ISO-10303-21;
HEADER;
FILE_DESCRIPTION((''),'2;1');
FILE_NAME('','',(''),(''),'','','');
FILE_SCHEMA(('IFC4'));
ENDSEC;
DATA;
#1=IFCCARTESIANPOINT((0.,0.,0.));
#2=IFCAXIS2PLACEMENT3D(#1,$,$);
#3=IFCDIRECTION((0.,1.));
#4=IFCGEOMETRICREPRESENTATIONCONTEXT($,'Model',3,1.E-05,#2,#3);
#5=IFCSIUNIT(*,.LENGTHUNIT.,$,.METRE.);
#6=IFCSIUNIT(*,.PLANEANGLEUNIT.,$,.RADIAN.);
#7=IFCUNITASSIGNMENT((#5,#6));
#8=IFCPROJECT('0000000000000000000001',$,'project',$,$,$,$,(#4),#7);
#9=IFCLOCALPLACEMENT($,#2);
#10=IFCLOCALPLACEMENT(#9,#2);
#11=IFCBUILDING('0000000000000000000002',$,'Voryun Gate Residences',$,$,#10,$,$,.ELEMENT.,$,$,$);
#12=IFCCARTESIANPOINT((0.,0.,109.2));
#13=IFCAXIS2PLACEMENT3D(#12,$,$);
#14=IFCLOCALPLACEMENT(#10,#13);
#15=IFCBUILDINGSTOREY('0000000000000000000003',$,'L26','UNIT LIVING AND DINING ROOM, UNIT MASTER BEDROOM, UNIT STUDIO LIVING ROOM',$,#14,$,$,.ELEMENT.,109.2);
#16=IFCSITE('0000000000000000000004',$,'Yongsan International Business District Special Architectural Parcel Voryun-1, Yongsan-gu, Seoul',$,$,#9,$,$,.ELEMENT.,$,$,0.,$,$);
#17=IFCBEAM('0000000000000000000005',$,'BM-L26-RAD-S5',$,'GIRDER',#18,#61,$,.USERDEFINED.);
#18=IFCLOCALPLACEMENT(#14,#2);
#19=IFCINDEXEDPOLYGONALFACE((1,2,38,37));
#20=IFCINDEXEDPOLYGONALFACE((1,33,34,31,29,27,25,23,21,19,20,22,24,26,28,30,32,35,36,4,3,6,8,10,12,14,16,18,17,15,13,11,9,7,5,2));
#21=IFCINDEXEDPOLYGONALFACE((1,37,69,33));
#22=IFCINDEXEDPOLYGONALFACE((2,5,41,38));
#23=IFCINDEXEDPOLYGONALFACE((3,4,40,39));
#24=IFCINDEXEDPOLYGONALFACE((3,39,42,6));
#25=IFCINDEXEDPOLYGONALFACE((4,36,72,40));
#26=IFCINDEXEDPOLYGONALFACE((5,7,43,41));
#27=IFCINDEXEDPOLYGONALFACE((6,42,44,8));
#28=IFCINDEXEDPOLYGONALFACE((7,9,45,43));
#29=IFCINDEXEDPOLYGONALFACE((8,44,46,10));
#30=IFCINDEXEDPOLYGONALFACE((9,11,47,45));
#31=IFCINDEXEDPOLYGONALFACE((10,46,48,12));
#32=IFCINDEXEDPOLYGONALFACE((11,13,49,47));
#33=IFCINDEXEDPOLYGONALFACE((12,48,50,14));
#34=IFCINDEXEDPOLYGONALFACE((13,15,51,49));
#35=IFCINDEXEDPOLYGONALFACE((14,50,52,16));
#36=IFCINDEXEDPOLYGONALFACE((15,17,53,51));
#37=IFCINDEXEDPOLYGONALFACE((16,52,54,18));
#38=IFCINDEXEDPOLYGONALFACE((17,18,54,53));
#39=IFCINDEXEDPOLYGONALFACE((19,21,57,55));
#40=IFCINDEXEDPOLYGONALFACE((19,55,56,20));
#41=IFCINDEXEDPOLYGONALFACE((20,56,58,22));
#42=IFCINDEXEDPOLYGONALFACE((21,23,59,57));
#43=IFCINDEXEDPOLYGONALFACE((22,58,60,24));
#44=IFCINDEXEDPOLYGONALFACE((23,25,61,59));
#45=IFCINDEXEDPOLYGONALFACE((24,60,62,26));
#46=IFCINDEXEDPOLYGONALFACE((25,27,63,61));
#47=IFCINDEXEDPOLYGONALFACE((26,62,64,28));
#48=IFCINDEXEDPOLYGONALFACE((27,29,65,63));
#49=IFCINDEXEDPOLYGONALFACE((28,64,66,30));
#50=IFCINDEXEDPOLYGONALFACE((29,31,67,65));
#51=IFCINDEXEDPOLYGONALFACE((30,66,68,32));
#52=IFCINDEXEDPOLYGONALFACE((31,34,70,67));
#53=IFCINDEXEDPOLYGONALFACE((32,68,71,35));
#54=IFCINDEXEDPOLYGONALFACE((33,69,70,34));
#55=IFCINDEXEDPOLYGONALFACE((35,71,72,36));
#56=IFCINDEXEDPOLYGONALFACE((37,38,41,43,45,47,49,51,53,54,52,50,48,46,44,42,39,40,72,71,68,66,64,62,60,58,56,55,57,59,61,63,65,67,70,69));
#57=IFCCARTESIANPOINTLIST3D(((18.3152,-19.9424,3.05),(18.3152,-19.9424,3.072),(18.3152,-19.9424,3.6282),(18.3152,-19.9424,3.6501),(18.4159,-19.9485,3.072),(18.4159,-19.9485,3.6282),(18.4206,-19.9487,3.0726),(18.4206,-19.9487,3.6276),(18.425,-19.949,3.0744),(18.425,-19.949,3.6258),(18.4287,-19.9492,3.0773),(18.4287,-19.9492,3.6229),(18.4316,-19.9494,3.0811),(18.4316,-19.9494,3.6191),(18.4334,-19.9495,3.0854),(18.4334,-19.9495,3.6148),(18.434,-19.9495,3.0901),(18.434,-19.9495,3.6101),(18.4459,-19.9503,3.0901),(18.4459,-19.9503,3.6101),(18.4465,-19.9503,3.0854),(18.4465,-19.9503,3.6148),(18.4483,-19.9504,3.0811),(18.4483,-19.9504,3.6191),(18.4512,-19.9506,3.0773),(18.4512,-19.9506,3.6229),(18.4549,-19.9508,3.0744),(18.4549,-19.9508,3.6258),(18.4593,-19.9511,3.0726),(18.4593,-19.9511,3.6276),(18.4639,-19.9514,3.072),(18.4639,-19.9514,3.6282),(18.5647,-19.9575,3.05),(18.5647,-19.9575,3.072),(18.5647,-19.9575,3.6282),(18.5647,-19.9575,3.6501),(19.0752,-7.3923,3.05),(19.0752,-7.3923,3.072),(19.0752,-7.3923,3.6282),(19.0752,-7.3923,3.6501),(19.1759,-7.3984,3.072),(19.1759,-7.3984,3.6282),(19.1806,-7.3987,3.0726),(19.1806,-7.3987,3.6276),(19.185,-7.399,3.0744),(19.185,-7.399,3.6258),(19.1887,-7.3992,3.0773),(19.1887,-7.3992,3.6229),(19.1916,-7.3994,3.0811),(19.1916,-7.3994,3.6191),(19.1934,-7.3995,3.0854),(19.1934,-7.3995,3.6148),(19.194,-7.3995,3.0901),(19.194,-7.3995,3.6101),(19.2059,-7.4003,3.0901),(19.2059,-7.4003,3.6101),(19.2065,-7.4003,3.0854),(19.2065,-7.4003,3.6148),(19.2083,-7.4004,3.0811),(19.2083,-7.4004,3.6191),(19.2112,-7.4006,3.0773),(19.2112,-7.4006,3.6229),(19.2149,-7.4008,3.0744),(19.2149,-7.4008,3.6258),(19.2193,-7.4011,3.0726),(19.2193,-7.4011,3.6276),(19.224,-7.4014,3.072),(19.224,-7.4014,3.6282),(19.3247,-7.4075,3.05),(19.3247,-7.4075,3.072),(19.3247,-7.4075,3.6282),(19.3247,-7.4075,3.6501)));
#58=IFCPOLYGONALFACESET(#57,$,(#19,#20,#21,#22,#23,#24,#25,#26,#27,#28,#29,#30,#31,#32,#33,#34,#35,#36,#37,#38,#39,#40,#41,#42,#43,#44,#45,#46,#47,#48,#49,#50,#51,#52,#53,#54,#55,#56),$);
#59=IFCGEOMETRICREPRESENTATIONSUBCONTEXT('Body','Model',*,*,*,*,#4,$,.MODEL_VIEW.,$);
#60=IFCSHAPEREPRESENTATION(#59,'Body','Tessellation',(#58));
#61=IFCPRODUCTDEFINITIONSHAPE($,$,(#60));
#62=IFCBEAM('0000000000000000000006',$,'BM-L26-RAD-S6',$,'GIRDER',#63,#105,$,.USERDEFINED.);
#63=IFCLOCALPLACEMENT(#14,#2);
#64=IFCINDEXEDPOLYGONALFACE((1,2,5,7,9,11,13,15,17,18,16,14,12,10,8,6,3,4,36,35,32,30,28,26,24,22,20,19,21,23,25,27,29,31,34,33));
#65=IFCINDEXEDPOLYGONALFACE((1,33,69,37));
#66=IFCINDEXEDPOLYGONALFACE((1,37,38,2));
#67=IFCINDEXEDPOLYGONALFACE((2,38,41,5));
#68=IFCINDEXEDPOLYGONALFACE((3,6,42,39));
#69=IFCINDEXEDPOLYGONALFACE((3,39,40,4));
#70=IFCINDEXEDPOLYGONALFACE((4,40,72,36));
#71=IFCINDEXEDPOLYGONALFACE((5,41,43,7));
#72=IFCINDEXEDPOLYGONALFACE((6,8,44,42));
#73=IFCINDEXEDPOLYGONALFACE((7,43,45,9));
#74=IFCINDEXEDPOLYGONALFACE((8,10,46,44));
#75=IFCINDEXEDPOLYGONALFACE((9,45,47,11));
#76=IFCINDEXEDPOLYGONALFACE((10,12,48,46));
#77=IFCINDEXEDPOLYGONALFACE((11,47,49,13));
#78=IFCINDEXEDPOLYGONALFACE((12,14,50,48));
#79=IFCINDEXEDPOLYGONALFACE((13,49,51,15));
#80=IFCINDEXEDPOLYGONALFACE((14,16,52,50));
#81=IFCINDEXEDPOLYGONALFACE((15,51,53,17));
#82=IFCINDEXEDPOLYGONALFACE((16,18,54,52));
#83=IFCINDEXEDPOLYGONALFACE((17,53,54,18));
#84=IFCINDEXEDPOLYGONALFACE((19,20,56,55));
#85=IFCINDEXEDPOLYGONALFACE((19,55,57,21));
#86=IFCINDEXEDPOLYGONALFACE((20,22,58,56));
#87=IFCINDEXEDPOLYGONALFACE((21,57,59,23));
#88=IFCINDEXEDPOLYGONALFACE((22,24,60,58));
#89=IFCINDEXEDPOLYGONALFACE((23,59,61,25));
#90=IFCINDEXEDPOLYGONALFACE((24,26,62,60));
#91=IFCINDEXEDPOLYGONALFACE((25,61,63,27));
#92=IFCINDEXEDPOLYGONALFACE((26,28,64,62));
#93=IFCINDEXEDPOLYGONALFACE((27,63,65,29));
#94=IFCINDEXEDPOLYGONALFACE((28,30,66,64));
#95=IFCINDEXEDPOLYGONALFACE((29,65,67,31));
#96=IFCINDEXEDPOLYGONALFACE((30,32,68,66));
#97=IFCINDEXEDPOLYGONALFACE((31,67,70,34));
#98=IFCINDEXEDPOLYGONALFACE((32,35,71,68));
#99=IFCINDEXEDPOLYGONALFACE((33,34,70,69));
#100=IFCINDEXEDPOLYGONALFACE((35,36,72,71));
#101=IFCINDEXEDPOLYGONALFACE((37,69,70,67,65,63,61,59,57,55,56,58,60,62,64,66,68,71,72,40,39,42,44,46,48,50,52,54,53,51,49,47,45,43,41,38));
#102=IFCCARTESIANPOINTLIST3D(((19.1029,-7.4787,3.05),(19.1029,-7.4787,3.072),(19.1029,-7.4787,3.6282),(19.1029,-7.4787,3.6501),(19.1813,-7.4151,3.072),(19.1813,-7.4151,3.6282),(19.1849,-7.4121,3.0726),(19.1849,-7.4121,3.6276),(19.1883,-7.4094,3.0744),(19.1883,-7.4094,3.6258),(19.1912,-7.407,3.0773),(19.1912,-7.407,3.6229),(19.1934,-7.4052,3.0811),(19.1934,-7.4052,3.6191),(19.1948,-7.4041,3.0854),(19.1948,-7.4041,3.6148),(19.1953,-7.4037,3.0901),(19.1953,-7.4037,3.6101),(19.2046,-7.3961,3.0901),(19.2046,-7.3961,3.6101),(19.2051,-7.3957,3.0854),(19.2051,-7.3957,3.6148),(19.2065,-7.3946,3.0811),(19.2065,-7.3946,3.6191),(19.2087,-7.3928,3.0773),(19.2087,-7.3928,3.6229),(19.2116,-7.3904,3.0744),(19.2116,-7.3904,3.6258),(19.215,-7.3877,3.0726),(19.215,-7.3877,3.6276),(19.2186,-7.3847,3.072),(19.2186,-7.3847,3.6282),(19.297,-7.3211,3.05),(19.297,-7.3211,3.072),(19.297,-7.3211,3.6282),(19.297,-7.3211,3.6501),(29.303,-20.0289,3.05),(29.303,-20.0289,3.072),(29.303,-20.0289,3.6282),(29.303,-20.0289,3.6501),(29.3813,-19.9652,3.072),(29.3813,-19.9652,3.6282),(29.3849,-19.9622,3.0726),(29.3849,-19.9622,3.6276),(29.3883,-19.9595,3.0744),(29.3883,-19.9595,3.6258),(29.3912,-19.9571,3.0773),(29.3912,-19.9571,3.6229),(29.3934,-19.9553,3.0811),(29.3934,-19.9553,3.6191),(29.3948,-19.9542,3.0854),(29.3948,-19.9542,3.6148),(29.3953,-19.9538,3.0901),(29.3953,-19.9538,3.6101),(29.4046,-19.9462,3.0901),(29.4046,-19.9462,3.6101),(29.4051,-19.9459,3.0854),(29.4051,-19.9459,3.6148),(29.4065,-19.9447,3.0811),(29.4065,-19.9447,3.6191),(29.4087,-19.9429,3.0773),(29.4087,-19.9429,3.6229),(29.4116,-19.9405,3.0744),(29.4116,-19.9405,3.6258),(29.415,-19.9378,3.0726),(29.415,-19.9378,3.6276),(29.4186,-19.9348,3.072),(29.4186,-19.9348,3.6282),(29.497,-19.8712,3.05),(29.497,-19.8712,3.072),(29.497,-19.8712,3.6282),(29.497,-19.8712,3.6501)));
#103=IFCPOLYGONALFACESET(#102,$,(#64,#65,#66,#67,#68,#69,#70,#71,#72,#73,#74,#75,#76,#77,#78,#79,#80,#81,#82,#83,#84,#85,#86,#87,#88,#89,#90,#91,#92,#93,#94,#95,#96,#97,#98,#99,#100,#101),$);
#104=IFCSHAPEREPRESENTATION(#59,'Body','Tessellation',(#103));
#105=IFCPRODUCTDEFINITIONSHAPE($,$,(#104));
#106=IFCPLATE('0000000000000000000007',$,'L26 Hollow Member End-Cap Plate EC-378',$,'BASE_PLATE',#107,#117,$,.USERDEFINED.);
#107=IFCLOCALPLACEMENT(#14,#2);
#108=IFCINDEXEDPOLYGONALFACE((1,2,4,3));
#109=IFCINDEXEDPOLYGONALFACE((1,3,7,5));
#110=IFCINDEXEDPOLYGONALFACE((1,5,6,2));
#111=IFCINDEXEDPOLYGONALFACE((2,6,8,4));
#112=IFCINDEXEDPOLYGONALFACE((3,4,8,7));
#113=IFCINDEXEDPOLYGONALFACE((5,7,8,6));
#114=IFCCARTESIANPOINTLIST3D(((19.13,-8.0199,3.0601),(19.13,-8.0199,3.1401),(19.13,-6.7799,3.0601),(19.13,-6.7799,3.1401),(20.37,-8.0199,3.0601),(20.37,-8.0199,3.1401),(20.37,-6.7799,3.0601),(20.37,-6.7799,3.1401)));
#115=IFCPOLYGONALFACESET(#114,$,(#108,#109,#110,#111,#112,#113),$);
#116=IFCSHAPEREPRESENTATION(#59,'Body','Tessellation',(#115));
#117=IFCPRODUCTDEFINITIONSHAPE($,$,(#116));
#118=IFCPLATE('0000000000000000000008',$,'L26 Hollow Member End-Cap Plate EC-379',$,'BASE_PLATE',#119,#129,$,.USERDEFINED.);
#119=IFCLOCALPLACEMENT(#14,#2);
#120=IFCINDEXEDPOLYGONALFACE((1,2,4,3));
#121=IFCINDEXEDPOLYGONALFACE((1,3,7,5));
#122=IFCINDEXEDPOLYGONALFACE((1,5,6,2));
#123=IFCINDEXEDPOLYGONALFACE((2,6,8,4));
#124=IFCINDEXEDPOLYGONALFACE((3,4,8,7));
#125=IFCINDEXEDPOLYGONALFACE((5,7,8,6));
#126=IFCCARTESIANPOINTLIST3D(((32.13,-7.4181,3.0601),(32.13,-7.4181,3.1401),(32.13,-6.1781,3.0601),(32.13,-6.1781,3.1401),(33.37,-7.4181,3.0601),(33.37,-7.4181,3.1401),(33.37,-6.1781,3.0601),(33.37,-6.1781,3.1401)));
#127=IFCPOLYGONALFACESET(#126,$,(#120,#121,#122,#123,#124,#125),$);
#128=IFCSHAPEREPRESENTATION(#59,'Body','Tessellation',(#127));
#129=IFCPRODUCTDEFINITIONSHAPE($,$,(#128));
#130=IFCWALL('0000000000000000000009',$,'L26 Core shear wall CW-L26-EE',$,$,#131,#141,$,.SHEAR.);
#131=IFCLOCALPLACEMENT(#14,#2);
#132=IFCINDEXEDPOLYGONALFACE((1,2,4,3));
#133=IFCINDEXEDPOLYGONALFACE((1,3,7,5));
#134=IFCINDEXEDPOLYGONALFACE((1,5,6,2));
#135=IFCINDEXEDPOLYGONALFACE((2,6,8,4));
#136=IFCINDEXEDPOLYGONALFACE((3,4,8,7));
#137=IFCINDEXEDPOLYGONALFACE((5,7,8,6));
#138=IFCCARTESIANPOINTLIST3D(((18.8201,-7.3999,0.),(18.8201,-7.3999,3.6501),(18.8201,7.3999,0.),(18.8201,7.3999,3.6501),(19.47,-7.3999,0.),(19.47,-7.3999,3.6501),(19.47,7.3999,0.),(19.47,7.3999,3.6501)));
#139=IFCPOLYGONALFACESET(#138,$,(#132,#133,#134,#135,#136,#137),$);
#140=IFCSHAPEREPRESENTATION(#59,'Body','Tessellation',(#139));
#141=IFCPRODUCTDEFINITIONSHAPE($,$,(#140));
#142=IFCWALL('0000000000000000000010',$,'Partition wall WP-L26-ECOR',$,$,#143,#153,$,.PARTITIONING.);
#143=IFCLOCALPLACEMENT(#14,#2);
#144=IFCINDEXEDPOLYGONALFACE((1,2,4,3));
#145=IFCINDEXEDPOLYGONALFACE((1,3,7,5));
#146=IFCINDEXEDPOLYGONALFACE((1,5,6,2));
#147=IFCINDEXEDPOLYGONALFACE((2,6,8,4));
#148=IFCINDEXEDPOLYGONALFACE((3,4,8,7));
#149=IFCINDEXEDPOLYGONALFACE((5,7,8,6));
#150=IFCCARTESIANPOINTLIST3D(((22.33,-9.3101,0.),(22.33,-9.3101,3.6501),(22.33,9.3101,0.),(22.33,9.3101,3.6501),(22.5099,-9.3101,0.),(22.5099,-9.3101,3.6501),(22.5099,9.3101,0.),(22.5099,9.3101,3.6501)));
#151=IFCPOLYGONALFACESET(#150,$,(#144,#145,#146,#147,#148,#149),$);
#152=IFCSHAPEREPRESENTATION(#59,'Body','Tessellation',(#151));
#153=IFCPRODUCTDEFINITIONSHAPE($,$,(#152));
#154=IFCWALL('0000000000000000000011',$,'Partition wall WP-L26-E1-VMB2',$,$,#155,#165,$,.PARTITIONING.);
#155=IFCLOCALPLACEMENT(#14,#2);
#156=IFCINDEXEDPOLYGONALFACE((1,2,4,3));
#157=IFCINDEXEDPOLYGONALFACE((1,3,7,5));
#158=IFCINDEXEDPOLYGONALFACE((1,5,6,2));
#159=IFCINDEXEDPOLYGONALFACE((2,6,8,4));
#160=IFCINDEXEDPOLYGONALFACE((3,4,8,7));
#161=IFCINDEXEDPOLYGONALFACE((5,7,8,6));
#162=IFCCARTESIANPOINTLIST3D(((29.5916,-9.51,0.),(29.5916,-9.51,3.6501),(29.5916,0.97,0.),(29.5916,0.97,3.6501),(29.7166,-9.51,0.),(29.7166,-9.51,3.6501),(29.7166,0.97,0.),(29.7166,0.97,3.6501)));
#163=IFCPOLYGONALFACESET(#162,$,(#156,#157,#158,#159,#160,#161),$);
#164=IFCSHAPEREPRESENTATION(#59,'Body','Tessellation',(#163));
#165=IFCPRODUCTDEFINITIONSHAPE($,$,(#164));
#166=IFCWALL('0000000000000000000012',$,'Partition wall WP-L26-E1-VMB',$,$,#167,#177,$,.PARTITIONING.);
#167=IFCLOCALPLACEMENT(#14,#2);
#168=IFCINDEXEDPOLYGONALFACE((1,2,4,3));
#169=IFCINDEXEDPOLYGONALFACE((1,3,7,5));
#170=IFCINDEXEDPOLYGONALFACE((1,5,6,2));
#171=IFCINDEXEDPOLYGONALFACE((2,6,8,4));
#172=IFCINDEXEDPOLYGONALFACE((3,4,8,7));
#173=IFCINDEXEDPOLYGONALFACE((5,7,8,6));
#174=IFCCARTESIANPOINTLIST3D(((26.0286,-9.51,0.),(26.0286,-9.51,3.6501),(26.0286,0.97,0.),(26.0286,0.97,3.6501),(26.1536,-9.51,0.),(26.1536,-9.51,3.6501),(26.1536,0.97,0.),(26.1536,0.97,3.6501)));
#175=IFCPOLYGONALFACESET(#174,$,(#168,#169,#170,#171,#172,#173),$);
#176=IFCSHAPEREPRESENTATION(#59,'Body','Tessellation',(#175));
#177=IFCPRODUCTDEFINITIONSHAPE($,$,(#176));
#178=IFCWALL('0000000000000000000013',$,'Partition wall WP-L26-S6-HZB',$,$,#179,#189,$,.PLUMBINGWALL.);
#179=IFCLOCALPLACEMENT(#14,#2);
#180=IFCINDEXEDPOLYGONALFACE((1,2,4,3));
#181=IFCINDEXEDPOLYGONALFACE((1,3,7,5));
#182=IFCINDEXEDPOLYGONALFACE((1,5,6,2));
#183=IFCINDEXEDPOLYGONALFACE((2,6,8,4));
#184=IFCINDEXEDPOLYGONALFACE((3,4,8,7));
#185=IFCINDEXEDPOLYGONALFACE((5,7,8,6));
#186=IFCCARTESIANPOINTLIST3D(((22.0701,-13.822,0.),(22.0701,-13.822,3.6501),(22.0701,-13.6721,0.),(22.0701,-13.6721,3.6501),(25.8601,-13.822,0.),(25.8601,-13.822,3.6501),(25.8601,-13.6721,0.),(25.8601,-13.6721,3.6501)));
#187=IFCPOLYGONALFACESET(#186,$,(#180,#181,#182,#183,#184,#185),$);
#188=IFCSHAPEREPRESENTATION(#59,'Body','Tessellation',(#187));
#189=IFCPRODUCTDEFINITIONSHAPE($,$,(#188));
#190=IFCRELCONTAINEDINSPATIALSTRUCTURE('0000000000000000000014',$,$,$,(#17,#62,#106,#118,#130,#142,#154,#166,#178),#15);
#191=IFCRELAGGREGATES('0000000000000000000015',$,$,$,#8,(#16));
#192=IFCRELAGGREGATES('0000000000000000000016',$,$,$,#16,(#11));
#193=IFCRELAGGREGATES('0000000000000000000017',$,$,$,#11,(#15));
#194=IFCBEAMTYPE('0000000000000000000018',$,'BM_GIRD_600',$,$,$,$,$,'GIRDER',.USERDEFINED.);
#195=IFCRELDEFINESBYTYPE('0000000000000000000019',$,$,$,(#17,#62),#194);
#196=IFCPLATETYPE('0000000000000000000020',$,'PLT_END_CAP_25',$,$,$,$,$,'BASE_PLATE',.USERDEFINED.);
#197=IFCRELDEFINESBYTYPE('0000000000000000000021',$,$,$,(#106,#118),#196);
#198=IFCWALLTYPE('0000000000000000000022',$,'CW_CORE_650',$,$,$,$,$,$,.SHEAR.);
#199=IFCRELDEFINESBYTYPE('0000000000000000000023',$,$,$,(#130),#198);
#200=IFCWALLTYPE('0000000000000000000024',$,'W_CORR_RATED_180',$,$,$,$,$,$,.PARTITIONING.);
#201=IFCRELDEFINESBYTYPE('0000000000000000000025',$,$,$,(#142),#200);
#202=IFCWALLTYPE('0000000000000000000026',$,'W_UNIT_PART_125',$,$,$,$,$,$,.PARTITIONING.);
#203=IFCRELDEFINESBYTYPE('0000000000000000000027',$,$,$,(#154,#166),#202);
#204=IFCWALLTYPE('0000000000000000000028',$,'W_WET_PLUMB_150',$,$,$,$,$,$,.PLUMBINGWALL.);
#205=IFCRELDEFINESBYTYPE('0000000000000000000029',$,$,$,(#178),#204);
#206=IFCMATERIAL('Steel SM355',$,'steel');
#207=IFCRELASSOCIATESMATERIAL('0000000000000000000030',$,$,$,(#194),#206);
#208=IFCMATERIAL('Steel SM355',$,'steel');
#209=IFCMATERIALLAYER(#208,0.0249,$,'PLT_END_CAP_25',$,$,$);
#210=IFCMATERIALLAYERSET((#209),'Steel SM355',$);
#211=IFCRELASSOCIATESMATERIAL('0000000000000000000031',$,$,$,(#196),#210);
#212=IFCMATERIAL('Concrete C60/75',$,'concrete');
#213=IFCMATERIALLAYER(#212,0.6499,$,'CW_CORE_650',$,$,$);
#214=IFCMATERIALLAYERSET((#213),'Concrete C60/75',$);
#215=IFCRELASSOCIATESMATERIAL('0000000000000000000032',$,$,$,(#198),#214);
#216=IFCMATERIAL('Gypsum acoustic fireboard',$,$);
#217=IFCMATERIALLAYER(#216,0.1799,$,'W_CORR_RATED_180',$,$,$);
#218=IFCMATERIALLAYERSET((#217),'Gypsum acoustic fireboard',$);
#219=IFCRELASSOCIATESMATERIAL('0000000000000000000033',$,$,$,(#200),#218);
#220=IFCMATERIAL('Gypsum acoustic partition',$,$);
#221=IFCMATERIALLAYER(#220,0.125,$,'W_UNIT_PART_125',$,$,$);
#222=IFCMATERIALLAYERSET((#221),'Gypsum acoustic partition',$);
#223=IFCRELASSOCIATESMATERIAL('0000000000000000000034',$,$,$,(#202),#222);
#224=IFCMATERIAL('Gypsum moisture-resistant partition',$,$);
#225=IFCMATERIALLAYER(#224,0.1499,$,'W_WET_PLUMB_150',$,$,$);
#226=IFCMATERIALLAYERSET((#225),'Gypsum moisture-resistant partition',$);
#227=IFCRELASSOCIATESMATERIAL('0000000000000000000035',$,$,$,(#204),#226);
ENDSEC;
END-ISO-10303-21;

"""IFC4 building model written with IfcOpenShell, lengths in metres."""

from ifc_helpers import new_model, si_unit, direction, frame, frame_2d, origin, origin_2d, place, context, subcontext, project, spatial, rectangle, i_section, extrude, material, layer, layer_set, material_profile, profile_set, type_object, element, save


model = new_model("IFC4")

# Units and contexts
model_context = context("Model", 3, precision=1e-05, world=origin(), true_north=direction((0.0, 1.0)))
body_context = subcontext(model_context, "Body", "Model", "MODEL_VIEW")
ifc_project = project(units=[si_unit("LENGTHUNIT", "METRE"), si_unit("PLANEANGLEUNIT", "RADIAN")], contexts=[model_context])

# Site, building, storey
site_placement = place(None, origin())
site = spatial("IfcSite", under=ifc_project, at=site_placement, Name="Yongsan International Business District Special Architectural Parcel Voryun-1, Yongsan-gu, Seoul", CompositionType="ELEMENT", RefElevation=0.0)
building_placement = place(site_placement, origin())
building = spatial("IfcBuilding", under=site, at=building_placement, Name="Voryun Gate Residences", CompositionType="ELEMENT")
storey_placement = place(building_placement, frame((0.0, 0.0, 109.2)))
storey = spatial("IfcBuildingStorey", under=building, at=storey_placement, Name="L26", Description="UNIT LIVING AND DINING ROOM, UNIT MASTER BEDROOM, UNIT STUDIO LIVING ROOM", CompositionType="ELEMENT", Elevation=109.2)

# Beams
ifc_material_1 = material(Name="Steel SM355", Category="steel")
ifc_material_profile_1 = material_profile(ifc_material_1, i_section(OverallWidth=0.25, OverallDepth=0.6001, WebThickness=0.012, FlangeThickness=0.022, FilletRadius=0.0181, at=origin_2d()), Name="H-600x250x12x22")
ifc_profile_set_1 = profile_set([ifc_material_profile_1], Name="Steel SM355")
beam_type_1 = type_object("IfcBeamType", Name="BM_GIRD_600", ElementType="GIRDER", PredefinedType="USERDEFINED", material=ifc_profile_set_1)
beam_1_placement = place(storey_placement, frame((19.2, -7.3999, 3.3501), z_axis=(-0.060448, -0.998171, 0.0), x_axis=(0.998171, -0.060448, 0.0)))
element("IfcBeam", 1, at=beam_1_placement, inside=storey, type_object=beam_type_1, Name="BM-L26-RAD-S5", ObjectType="GIRDER", PredefinedType="USERDEFINED", context=body_context, shape_type="SweptSolid", body=[
    extrude(i_section(OverallWidth=0.25, OverallDepth=0.6001, WebThickness=0.012, FlangeThickness=0.022, FilletRadius=0.0181, at=origin_2d()), origin(), (0.0, 0.0, 1.0), 12.573),
])
beam_2_placement = place(storey_placement, frame((19.2, -7.3999, 3.3501), z_axis=(0.630706, -0.776022, 0.0), x_axis=(0.776022, 0.630706, 0.0)))
element("IfcBeam", 2, at=beam_2_placement, inside=storey, type_object=beam_type_1, Name="BM-L26-RAD-S6", ObjectType="GIRDER", PredefinedType="USERDEFINED", context=body_context, shape_type="SweptSolid", body=[
    extrude(i_section(OverallWidth=0.25, OverallDepth=0.6001, WebThickness=0.012, FlangeThickness=0.022, FilletRadius=0.0181, at=origin_2d()), origin(), (0.0, 0.0, 1.0), 16.1724),
])

# Plates
ifc_material_2 = material(Name="Steel SM355", Category="steel")
ifc_layer_1 = layer(ifc_material_2, 0.0249, Name="PLT_END_CAP_25")
ifc_layer_set_1 = layer_set([ifc_layer_1], Name="Steel SM355")
plate_type = type_object("IfcPlateType", Name="PLT_END_CAP_25", ElementType="BASE_PLATE", PredefinedType="USERDEFINED", material=ifc_layer_set_1)
for number, where, z_axis, x_axis, name in (
    (3, (19.75, -7.3999, 3.0601), (0.0, 0.0, 1.0), (1.0, 0.0, 0.0), "L26 Hollow Member End-Cap Plate EC-378"),
    (4, (32.75, -6.7981, 3.0601), (0.0, 0.0, 1.0), (1.0, 0.0, 0.0), "L26 Hollow Member End-Cap Plate EC-379"),
):
    element("IfcPlate", number, at=place(storey_placement, frame(where, z_axis=z_axis, x_axis=x_axis)), inside=storey, type_object=plate_type, Name=name, ObjectType="BASE_PLATE", PredefinedType="USERDEFINED", context=body_context, shape_type="SweptSolid", body=[
        extrude(rectangle(XDim=1.24, YDim=1.24, at=origin_2d()), origin(), (0.0, 0.0, 1.0), 0.0801),
    ])

# Walls
ifc_material_3 = material(Name="Concrete C60/75", Category="concrete")
ifc_layer_2 = layer(ifc_material_3, 0.6499, Name="CW_CORE_650")
ifc_layer_set_2 = layer_set([ifc_layer_2], Name="Concrete C60/75")
wall_type_1 = type_object("IfcWallType", Name="CW_CORE_650", PredefinedType="SHEAR", material=ifc_layer_set_2)
wall_1_placement = place(storey_placement, frame((19.145, -7.3999, 0.0), z_axis=(0.0, 0.0, 1.0), x_axis=(0.0, 1.0, 0.0)))
element("IfcWall", 5, at=wall_1_placement, inside=storey, type_object=wall_type_1, Name="L26 Core shear wall CW-L26-EE", PredefinedType="SHEAR", context=body_context, shape_type="SweptSolid", body=[
    extrude(rectangle(XDim=14.7998, YDim=0.6499, at=frame_2d((7.3999, 0.0))), origin(), (0.0, 0.0, 1.0), 3.6501),
])
ifc_material_4 = material(Name="Gypsum acoustic fireboard")
ifc_layer_3 = layer(ifc_material_4, 0.1799, Name="W_CORR_RATED_180")
ifc_layer_set_3 = layer_set([ifc_layer_3], Name="Gypsum acoustic fireboard")
wall_type_2 = type_object("IfcWallType", Name="W_CORR_RATED_180", PredefinedType="PARTITIONING", material=ifc_layer_set_3)
wall_2_placement = place(storey_placement, frame((22.4199, -9.3101, 0.0), z_axis=(0.0, 0.0, 1.0), x_axis=(0.0, 1.0, 0.0)))
element("IfcWall", 6, at=wall_2_placement, inside=storey, type_object=wall_type_2, Name="Partition wall WP-L26-ECOR", PredefinedType="PARTITIONING", context=body_context, shape_type="SweptSolid", body=[
    extrude(rectangle(XDim=18.6201, YDim=0.1799, at=frame_2d((9.3101, 0.0))), origin(), (0.0, 0.0, 1.0), 3.6501),
])
ifc_material_5 = material(Name="Gypsum acoustic partition")
ifc_layer_4 = layer(ifc_material_5, 0.125, Name="W_UNIT_PART_125")
ifc_layer_set_4 = layer_set([ifc_layer_4], Name="Gypsum acoustic partition")
wall_type_3 = type_object("IfcWallType", Name="W_UNIT_PART_125", PredefinedType="PARTITIONING", material=ifc_layer_set_4)
for number, where, z_axis, x_axis, name in (
    (7, (29.6541, -9.51, 0.0), (0.0, 0.0, 1.0), (0.0, 1.0, 0.0), "Partition wall WP-L26-E1-VMB2"),
    (8, (26.0911, -9.51, 0.0), (0.0, 0.0, 1.0), (0.0, 1.0, 0.0), "Partition wall WP-L26-E1-VMB"),
):
    element("IfcWall", number, at=place(storey_placement, frame(where, z_axis=z_axis, x_axis=x_axis)), inside=storey, type_object=wall_type_3, Name=name, PredefinedType="PARTITIONING", context=body_context, shape_type="SweptSolid", body=[
        extrude(rectangle(XDim=10.48, YDim=0.125, at=frame_2d((5.24, 0.0))), origin(), (0.0, 0.0, 1.0), 3.6501),
    ])
ifc_material_6 = material(Name="Gypsum moisture-resistant partition")
ifc_layer_5 = layer(ifc_material_6, 0.1499, Name="W_WET_PLUMB_150")
ifc_layer_set_5 = layer_set([ifc_layer_5], Name="Gypsum moisture-resistant partition")
wall_type_4 = type_object("IfcWallType", Name="W_WET_PLUMB_150", PredefinedType="PLUMBINGWALL", material=ifc_layer_set_5)
wall_3_placement = place(storey_placement, frame((22.0701, -13.7471, 0.0), z_axis=(0.0, 0.0, 1.0), x_axis=(1.0, 0.0, 0.0)))
element("IfcWall", 9, at=wall_3_placement, inside=storey, type_object=wall_type_4, Name="Partition wall WP-L26-S6-HZB", PredefinedType="PLUMBINGWALL", context=body_context, shape_type="SweptSolid", body=[
    extrude(rectangle(XDim=3.79, YDim=0.1499, at=frame_2d((1.895, 0.0))), origin(), (0.0, 0.0, 1.0), 3.6501),
])

save(model, "model.ifc")
